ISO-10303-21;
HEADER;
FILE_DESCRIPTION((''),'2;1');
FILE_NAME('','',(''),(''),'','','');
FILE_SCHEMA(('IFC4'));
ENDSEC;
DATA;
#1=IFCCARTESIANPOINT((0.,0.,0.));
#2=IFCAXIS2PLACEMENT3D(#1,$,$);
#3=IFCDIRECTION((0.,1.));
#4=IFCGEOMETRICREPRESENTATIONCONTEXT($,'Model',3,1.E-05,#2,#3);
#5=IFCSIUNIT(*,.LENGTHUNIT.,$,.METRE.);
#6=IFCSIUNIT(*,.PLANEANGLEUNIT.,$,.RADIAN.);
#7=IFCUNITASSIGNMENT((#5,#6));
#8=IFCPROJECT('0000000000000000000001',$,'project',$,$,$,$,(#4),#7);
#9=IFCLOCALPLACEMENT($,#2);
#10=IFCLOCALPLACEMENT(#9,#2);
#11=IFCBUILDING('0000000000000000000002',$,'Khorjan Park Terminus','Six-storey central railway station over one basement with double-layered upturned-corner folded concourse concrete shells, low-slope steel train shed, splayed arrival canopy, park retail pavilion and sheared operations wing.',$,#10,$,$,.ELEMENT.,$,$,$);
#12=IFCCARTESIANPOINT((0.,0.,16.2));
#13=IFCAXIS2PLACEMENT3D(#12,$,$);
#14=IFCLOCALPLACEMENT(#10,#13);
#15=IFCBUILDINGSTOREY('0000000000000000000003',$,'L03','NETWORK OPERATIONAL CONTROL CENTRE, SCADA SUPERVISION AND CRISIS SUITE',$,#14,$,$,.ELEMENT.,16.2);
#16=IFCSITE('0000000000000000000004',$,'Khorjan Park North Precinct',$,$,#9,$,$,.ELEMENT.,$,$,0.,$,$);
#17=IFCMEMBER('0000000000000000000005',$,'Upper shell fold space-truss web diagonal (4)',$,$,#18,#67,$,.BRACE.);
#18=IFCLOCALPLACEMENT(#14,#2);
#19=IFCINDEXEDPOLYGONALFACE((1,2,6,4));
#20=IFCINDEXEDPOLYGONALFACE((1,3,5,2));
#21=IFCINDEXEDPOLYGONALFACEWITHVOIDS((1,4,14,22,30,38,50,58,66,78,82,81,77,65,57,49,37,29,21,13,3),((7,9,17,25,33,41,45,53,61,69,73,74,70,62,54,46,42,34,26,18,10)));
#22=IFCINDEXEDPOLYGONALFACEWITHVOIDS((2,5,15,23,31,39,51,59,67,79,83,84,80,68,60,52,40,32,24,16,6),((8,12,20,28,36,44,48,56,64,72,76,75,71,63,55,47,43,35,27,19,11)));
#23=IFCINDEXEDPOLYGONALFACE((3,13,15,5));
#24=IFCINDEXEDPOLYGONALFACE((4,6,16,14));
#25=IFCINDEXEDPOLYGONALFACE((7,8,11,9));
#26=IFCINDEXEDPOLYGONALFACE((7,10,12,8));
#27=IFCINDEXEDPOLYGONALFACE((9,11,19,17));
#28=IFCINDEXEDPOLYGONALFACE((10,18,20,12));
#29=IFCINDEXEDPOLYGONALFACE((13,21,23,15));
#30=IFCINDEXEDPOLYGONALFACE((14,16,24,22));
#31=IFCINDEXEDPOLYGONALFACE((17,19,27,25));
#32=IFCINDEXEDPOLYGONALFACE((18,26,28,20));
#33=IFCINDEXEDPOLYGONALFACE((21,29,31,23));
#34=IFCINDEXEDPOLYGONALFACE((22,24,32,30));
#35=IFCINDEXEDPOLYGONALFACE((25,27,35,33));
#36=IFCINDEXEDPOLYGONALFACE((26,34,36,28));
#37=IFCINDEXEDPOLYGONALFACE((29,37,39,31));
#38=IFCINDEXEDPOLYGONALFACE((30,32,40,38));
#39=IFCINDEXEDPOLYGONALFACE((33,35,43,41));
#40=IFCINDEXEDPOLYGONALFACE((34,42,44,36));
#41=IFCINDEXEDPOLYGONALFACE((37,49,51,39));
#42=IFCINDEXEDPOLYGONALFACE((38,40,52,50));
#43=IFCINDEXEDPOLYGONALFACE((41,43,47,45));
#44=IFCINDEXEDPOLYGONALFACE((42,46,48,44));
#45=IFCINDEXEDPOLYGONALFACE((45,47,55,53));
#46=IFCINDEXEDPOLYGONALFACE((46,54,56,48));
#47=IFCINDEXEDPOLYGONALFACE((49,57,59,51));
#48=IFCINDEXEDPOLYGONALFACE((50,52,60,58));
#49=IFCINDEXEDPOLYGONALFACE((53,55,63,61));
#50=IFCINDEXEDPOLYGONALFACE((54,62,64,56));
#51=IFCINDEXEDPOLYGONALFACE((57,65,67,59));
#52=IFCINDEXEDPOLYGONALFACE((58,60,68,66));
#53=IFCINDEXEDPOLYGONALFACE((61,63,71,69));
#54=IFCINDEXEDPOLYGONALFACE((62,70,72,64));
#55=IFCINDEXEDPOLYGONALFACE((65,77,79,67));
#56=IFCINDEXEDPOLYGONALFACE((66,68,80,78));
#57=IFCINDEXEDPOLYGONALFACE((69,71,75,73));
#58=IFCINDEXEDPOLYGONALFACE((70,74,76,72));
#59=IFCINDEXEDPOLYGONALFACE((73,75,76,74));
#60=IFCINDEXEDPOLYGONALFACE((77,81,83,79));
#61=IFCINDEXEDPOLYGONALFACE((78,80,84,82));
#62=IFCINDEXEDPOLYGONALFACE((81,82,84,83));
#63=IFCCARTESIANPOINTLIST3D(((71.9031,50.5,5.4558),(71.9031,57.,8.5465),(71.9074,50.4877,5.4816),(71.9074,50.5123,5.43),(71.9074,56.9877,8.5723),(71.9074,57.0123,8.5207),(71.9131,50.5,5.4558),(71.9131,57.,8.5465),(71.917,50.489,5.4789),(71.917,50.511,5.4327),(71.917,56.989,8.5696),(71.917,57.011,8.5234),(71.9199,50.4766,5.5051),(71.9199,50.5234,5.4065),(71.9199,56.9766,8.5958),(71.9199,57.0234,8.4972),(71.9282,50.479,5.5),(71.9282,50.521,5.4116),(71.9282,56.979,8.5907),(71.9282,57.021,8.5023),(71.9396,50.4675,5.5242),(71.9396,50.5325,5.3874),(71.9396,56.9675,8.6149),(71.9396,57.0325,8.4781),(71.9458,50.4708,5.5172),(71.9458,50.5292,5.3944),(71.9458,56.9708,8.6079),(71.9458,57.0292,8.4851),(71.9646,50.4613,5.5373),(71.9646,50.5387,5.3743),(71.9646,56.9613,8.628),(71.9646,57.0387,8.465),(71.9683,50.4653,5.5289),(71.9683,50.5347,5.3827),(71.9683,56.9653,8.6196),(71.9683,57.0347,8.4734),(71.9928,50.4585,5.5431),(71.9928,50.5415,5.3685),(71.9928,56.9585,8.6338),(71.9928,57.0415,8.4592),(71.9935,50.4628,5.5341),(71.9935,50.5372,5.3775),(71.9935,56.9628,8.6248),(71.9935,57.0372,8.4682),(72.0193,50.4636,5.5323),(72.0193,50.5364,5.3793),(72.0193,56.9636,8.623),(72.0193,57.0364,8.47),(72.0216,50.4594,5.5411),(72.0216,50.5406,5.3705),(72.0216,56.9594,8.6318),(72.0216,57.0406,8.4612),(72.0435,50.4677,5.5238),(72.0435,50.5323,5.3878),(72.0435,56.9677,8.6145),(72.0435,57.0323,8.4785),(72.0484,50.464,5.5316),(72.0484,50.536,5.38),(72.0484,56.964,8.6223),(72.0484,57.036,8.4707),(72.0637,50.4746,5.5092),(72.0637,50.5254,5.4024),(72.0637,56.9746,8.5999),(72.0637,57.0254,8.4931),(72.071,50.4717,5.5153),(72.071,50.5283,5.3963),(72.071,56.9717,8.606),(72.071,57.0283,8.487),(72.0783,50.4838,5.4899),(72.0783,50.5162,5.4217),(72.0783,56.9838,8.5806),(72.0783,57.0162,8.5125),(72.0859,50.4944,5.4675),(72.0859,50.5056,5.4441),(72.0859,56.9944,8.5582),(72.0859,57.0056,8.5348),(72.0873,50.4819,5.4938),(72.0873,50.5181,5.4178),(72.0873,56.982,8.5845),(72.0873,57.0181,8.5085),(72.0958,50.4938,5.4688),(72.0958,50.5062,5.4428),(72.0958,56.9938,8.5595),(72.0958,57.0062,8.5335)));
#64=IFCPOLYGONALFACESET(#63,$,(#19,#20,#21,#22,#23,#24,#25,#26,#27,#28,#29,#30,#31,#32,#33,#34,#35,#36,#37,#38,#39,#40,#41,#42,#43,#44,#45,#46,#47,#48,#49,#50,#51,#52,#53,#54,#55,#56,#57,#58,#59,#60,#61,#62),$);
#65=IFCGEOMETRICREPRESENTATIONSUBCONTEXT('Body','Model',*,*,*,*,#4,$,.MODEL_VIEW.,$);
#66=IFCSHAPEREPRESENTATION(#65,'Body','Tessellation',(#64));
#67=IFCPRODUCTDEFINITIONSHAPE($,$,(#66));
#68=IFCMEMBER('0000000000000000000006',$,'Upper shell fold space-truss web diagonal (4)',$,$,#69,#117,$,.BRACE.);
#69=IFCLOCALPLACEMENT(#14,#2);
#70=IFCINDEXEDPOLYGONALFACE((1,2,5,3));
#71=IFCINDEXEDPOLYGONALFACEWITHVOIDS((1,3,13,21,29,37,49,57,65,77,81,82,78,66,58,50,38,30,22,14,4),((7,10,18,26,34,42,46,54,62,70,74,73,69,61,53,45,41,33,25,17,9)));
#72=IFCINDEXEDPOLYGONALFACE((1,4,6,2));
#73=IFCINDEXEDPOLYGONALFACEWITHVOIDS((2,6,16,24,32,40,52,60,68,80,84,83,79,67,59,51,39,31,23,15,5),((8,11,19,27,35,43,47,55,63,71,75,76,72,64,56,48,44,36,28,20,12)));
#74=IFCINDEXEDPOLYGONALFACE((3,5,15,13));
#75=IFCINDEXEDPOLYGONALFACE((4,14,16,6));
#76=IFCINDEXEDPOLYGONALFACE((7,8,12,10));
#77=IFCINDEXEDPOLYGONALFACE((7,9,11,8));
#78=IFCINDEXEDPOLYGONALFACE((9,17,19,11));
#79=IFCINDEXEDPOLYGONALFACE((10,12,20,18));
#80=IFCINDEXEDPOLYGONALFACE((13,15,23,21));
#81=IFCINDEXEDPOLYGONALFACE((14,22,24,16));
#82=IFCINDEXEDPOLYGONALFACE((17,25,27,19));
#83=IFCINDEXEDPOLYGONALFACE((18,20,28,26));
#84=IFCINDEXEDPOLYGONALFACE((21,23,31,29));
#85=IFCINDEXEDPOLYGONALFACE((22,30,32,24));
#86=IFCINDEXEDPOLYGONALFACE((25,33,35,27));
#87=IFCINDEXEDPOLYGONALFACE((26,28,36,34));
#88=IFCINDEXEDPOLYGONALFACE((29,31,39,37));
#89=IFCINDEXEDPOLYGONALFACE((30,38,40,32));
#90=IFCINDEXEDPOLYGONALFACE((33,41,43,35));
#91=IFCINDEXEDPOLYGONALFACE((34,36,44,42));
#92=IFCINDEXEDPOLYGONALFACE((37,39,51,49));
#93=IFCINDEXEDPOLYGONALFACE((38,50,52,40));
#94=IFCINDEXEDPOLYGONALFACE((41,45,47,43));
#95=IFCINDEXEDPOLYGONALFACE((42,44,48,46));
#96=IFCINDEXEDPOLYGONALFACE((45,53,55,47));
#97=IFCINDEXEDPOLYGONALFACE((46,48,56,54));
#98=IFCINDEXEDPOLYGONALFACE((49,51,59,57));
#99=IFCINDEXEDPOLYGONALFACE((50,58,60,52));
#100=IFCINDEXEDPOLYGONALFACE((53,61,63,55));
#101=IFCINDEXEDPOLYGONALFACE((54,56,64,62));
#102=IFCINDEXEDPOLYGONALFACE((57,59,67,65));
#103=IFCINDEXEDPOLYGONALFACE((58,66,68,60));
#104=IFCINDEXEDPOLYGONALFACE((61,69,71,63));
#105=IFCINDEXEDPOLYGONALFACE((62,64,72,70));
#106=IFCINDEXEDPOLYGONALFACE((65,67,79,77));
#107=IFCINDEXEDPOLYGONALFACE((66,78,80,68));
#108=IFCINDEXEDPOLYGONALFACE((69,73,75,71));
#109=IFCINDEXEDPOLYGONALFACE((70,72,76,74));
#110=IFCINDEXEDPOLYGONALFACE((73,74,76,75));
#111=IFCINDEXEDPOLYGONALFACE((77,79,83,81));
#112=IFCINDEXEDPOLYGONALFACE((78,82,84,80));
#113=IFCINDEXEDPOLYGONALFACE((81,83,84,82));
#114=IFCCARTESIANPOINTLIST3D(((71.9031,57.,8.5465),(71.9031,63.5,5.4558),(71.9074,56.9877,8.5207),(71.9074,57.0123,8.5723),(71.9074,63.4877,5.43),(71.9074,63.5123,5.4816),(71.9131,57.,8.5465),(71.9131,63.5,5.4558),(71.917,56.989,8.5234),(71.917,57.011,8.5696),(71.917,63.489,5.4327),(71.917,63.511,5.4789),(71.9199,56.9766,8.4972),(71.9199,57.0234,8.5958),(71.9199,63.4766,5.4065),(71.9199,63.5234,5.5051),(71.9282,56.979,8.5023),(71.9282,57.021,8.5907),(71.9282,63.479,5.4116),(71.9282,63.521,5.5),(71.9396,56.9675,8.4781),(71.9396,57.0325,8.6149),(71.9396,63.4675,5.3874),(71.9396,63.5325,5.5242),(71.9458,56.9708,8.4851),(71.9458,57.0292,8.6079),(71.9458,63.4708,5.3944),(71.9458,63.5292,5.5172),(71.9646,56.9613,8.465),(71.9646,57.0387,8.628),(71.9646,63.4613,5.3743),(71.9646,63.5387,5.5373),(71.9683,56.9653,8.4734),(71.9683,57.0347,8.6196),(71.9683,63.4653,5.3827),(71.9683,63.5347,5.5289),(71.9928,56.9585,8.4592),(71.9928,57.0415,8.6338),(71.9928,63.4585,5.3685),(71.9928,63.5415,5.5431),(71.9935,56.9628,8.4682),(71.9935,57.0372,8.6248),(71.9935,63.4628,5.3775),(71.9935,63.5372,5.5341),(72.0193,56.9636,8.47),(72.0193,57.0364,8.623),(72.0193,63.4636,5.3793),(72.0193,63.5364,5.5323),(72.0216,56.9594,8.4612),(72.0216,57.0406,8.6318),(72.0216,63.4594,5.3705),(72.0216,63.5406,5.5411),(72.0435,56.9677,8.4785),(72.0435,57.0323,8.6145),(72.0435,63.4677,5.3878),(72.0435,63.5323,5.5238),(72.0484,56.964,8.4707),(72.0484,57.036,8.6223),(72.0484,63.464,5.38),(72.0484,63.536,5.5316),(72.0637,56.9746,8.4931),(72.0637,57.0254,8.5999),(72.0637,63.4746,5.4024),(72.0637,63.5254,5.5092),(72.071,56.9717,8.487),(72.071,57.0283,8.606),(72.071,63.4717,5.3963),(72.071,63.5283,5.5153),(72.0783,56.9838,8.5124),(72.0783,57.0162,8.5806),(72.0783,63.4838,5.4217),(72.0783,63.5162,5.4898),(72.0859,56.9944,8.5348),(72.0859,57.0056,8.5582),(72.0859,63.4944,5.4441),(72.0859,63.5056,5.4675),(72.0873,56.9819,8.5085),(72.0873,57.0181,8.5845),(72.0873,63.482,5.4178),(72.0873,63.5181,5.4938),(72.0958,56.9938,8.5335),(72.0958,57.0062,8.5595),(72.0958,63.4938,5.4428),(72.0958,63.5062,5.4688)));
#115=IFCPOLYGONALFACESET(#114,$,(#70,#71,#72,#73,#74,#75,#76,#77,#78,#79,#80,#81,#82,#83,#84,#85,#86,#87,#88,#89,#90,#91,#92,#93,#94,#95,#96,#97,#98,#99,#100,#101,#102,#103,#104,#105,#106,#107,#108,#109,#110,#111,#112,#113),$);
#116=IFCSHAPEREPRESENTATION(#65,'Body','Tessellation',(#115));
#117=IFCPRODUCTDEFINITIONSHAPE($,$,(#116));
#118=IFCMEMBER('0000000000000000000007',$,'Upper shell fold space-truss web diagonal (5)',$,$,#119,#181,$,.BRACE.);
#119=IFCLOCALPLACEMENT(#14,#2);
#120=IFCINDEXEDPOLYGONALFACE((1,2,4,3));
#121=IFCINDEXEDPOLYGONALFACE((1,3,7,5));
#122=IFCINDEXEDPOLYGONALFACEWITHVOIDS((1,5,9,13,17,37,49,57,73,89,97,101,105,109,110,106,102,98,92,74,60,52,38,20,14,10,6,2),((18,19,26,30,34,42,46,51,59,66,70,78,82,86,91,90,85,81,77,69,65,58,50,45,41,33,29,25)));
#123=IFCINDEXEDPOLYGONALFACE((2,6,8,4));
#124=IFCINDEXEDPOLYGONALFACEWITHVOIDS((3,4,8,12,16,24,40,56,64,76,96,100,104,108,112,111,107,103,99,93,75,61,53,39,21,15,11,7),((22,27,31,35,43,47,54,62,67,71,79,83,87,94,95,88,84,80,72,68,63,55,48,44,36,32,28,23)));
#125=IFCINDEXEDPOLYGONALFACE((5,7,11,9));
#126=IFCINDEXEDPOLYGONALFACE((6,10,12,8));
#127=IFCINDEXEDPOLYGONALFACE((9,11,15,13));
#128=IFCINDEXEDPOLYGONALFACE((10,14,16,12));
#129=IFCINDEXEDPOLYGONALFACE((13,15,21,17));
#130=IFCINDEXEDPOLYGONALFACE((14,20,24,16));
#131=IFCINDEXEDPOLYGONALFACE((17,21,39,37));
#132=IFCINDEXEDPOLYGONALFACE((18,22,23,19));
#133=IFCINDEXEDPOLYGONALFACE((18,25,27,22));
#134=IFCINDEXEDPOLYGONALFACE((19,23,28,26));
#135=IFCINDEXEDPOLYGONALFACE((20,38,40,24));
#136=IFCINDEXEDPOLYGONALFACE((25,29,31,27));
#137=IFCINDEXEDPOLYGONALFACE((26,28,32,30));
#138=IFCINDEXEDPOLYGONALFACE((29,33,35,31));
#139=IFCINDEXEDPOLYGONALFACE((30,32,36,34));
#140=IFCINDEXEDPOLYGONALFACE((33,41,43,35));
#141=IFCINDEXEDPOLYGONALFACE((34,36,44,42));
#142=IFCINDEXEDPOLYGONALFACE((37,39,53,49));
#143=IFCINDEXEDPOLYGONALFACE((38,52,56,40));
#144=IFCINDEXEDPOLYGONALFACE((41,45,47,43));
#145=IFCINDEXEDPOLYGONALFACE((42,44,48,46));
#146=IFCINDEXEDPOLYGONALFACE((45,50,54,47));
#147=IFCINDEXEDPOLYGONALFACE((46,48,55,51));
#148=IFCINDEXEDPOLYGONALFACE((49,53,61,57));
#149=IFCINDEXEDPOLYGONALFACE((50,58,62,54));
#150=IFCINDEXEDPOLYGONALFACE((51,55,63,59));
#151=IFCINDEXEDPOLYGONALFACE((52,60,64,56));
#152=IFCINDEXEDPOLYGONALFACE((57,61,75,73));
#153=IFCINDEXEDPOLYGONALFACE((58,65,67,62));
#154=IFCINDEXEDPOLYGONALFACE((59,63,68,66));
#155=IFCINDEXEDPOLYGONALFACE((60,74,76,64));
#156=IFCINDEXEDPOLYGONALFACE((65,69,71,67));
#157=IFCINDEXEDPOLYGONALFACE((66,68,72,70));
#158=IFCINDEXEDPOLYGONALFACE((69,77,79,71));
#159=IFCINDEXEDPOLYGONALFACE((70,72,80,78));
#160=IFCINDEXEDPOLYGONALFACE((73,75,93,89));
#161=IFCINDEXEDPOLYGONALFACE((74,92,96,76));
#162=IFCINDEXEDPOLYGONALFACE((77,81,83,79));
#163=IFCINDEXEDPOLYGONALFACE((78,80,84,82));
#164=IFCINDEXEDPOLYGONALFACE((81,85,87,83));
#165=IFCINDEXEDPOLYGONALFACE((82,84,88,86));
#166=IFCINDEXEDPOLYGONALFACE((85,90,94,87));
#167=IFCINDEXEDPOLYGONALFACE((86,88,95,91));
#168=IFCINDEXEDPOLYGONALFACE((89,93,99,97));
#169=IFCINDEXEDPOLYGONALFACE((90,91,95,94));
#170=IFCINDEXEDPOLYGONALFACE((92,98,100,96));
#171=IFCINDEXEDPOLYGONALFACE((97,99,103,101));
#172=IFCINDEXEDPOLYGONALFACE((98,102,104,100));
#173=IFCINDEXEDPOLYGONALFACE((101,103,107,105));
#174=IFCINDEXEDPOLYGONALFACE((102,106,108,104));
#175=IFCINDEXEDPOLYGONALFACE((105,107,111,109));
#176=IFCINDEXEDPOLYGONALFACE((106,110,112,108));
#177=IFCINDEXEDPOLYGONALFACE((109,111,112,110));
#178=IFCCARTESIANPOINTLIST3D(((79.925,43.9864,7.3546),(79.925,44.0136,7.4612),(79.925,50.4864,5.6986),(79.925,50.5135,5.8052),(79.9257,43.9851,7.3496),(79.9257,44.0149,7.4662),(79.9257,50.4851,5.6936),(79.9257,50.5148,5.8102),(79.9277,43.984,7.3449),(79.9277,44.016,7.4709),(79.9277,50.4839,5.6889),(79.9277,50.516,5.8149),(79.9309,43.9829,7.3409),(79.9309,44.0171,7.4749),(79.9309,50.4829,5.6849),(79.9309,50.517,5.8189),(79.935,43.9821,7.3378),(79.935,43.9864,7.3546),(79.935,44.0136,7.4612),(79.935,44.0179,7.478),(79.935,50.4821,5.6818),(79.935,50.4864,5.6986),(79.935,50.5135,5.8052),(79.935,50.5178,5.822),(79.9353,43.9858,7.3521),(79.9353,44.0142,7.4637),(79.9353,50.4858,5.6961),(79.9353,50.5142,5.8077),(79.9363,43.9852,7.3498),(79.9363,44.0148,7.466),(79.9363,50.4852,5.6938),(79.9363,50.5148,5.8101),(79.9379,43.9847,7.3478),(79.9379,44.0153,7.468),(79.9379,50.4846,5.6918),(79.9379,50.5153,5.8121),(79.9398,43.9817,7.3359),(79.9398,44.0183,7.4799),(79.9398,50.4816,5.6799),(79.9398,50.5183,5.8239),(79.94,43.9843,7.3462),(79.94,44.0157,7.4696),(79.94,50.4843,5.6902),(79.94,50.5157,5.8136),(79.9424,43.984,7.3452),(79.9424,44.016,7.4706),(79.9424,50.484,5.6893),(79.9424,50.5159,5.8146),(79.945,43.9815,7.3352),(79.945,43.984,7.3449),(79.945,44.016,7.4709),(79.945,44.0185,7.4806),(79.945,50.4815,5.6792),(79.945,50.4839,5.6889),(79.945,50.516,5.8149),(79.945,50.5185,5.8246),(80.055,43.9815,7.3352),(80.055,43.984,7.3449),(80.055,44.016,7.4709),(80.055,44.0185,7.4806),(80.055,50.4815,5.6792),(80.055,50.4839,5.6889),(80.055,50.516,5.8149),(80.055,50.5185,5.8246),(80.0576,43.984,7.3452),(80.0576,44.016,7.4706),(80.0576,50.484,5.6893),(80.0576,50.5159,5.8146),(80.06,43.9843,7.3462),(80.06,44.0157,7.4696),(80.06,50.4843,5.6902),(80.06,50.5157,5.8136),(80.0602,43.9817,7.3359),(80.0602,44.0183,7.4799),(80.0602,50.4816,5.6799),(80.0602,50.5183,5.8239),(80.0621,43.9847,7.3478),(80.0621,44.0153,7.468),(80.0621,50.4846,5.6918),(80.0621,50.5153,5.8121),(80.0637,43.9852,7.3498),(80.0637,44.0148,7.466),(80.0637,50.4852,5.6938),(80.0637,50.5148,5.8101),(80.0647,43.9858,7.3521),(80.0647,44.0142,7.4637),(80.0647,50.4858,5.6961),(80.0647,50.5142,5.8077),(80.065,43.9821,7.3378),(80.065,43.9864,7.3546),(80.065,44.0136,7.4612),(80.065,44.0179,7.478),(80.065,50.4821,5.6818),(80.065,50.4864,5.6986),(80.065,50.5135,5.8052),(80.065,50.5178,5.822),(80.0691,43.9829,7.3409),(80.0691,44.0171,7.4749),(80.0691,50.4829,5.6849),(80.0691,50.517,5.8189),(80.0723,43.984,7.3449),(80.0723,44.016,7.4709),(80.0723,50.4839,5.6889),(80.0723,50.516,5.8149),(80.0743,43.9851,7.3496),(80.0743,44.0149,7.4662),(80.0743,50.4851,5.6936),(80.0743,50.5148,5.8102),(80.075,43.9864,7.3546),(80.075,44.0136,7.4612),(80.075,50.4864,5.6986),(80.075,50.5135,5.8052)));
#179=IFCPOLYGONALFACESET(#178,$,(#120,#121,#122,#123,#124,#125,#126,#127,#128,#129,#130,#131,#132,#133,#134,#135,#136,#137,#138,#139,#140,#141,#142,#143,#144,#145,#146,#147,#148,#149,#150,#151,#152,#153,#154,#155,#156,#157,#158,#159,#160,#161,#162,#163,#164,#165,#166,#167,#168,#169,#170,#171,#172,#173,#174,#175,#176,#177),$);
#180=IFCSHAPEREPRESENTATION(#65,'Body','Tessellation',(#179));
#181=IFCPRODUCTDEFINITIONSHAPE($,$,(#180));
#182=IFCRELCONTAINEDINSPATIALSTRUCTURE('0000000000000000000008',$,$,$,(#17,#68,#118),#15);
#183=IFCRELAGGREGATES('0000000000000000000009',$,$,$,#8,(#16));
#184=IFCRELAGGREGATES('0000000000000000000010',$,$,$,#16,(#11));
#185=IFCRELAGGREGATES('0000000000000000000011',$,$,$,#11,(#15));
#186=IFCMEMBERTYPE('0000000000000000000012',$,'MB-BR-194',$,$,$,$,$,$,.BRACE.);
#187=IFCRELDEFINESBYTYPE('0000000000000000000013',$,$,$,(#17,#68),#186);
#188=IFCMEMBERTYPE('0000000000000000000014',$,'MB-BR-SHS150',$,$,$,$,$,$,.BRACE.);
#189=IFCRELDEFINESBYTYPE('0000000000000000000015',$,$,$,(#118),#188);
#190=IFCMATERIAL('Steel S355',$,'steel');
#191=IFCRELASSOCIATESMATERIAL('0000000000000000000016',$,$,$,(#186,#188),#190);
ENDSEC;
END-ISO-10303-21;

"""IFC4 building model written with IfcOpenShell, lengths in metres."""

from ifc_helpers import new_model, si_unit, direction, frame, origin, origin_2d, place, context, subcontext, project, spatial, hollow_rectangle, hollow_circle, extrude, material, material_profile, profile_set, type_object, element, save


model = new_model("IFC4")

# Units and contexts
model_context = context("Model", 3, precision=1e-05, world=origin(), true_north=direction((0.0, 1.0)))
body_context = subcontext(model_context, "Body", "Model", "MODEL_VIEW")
ifc_project = project(units=[si_unit("LENGTHUNIT", "METRE"), si_unit("PLANEANGLEUNIT", "RADIAN")], contexts=[model_context])

# Site, building, storey
site_placement = place(None, origin())
site = spatial("IfcSite", under=ifc_project, at=site_placement, Name="Khorjan Park North Precinct", CompositionType="ELEMENT", RefElevation=0.0)
building_placement = place(site_placement, origin())
building = spatial("IfcBuilding", under=site, at=building_placement, Name="Khorjan Park Terminus", Description="Six-storey central railway station over one basement with double-layered upturned-corner folded concourse concrete shells, low-slope steel train shed, splayed arrival canopy, park retail pavilion and sheared operations wing.", CompositionType="ELEMENT")
storey_placement = place(building_placement, frame((0.0, 0.0, 16.2)))
storey = spatial("IfcBuildingStorey", under=building, at=storey_placement, Name="L03", Description="NETWORK OPERATIONAL CONTROL CENTRE, SCADA SUPERVISION AND CRISIS SUITE", CompositionType="ELEMENT", Elevation=16.2)

# Members
ifc_material = material(Name="Steel S355", Category="steel")
ifc_material_profile_1 = material_profile(ifc_material, hollow_circle(Radius=0.0969, WallThickness=0.01, at=origin_2d()), Name="CHS 193.7x10")
ifc_profile_set_1 = profile_set([ifc_material_profile_1], Name="Steel S355")
member_type_1 = type_object("IfcMemberType", Name="MB-BR-194", PredefinedType="BRACE", material=ifc_profile_set_1)
for number, where, z_axis, x_axis, name in (
    (1, (72.0, 50.5, 5.4558), (0.0, 0.903105, 0.42942), (-1.0, 0.0, 0.0), "Upper shell fold space-truss web diagonal (4)"),
    (2, (72.0, 57.0, 8.5465), (0.0, 0.903105, -0.42942), (-1.0, 0.0, 0.0), "Upper shell fold space-truss web diagonal (4)"),
):
    element("IfcMember", number, at=place(storey_placement, frame(where, z_axis=z_axis, x_axis=x_axis)), inside=storey, type_object=member_type_1, Name=name, PredefinedType="BRACE", context=body_context, shape_type="SweptSolid", body=[
        extrude(hollow_circle(Radius=0.0969, WallThickness=0.01, at=origin_2d()), origin(), (0.0, 0.0, 1.0), 7.1974),
    ])
ifc_material_profile_2 = material_profile(ifc_material, hollow_rectangle(XDim=0.15, YDim=0.15, WallThickness=0.01, InnerFilletRadius=0.01, OuterFilletRadius=0.02, at=origin_2d()), Name="SHS 150x150x10")
ifc_profile_set_2 = profile_set([ifc_material_profile_2], Name="Steel S355")
member_type_2 = type_object("IfcMemberType", Name="MB-BR-SHS150", PredefinedType="BRACE", material=ifc_profile_set_2)
member_1_placement = place(storey_placement, frame((80.0, 44.0, 7.4079), z_axis=(0.0, 0.969045, -0.246883), x_axis=(-1.0, 0.0, 0.0)))
element("IfcMember", 3, at=member_1_placement, inside=storey, type_object=member_type_2, Name="Upper shell fold space-truss web diagonal (5)", PredefinedType="BRACE", context=body_context, shape_type="SweptSolid", body=[
    extrude(hollow_rectangle(XDim=0.15, YDim=0.15, WallThickness=0.01, InnerFilletRadius=0.01, OuterFilletRadius=0.02, at=origin_2d()), origin(), (0.0, 0.0, 1.0), 6.7076),
])

save(model, "model.ifc")
